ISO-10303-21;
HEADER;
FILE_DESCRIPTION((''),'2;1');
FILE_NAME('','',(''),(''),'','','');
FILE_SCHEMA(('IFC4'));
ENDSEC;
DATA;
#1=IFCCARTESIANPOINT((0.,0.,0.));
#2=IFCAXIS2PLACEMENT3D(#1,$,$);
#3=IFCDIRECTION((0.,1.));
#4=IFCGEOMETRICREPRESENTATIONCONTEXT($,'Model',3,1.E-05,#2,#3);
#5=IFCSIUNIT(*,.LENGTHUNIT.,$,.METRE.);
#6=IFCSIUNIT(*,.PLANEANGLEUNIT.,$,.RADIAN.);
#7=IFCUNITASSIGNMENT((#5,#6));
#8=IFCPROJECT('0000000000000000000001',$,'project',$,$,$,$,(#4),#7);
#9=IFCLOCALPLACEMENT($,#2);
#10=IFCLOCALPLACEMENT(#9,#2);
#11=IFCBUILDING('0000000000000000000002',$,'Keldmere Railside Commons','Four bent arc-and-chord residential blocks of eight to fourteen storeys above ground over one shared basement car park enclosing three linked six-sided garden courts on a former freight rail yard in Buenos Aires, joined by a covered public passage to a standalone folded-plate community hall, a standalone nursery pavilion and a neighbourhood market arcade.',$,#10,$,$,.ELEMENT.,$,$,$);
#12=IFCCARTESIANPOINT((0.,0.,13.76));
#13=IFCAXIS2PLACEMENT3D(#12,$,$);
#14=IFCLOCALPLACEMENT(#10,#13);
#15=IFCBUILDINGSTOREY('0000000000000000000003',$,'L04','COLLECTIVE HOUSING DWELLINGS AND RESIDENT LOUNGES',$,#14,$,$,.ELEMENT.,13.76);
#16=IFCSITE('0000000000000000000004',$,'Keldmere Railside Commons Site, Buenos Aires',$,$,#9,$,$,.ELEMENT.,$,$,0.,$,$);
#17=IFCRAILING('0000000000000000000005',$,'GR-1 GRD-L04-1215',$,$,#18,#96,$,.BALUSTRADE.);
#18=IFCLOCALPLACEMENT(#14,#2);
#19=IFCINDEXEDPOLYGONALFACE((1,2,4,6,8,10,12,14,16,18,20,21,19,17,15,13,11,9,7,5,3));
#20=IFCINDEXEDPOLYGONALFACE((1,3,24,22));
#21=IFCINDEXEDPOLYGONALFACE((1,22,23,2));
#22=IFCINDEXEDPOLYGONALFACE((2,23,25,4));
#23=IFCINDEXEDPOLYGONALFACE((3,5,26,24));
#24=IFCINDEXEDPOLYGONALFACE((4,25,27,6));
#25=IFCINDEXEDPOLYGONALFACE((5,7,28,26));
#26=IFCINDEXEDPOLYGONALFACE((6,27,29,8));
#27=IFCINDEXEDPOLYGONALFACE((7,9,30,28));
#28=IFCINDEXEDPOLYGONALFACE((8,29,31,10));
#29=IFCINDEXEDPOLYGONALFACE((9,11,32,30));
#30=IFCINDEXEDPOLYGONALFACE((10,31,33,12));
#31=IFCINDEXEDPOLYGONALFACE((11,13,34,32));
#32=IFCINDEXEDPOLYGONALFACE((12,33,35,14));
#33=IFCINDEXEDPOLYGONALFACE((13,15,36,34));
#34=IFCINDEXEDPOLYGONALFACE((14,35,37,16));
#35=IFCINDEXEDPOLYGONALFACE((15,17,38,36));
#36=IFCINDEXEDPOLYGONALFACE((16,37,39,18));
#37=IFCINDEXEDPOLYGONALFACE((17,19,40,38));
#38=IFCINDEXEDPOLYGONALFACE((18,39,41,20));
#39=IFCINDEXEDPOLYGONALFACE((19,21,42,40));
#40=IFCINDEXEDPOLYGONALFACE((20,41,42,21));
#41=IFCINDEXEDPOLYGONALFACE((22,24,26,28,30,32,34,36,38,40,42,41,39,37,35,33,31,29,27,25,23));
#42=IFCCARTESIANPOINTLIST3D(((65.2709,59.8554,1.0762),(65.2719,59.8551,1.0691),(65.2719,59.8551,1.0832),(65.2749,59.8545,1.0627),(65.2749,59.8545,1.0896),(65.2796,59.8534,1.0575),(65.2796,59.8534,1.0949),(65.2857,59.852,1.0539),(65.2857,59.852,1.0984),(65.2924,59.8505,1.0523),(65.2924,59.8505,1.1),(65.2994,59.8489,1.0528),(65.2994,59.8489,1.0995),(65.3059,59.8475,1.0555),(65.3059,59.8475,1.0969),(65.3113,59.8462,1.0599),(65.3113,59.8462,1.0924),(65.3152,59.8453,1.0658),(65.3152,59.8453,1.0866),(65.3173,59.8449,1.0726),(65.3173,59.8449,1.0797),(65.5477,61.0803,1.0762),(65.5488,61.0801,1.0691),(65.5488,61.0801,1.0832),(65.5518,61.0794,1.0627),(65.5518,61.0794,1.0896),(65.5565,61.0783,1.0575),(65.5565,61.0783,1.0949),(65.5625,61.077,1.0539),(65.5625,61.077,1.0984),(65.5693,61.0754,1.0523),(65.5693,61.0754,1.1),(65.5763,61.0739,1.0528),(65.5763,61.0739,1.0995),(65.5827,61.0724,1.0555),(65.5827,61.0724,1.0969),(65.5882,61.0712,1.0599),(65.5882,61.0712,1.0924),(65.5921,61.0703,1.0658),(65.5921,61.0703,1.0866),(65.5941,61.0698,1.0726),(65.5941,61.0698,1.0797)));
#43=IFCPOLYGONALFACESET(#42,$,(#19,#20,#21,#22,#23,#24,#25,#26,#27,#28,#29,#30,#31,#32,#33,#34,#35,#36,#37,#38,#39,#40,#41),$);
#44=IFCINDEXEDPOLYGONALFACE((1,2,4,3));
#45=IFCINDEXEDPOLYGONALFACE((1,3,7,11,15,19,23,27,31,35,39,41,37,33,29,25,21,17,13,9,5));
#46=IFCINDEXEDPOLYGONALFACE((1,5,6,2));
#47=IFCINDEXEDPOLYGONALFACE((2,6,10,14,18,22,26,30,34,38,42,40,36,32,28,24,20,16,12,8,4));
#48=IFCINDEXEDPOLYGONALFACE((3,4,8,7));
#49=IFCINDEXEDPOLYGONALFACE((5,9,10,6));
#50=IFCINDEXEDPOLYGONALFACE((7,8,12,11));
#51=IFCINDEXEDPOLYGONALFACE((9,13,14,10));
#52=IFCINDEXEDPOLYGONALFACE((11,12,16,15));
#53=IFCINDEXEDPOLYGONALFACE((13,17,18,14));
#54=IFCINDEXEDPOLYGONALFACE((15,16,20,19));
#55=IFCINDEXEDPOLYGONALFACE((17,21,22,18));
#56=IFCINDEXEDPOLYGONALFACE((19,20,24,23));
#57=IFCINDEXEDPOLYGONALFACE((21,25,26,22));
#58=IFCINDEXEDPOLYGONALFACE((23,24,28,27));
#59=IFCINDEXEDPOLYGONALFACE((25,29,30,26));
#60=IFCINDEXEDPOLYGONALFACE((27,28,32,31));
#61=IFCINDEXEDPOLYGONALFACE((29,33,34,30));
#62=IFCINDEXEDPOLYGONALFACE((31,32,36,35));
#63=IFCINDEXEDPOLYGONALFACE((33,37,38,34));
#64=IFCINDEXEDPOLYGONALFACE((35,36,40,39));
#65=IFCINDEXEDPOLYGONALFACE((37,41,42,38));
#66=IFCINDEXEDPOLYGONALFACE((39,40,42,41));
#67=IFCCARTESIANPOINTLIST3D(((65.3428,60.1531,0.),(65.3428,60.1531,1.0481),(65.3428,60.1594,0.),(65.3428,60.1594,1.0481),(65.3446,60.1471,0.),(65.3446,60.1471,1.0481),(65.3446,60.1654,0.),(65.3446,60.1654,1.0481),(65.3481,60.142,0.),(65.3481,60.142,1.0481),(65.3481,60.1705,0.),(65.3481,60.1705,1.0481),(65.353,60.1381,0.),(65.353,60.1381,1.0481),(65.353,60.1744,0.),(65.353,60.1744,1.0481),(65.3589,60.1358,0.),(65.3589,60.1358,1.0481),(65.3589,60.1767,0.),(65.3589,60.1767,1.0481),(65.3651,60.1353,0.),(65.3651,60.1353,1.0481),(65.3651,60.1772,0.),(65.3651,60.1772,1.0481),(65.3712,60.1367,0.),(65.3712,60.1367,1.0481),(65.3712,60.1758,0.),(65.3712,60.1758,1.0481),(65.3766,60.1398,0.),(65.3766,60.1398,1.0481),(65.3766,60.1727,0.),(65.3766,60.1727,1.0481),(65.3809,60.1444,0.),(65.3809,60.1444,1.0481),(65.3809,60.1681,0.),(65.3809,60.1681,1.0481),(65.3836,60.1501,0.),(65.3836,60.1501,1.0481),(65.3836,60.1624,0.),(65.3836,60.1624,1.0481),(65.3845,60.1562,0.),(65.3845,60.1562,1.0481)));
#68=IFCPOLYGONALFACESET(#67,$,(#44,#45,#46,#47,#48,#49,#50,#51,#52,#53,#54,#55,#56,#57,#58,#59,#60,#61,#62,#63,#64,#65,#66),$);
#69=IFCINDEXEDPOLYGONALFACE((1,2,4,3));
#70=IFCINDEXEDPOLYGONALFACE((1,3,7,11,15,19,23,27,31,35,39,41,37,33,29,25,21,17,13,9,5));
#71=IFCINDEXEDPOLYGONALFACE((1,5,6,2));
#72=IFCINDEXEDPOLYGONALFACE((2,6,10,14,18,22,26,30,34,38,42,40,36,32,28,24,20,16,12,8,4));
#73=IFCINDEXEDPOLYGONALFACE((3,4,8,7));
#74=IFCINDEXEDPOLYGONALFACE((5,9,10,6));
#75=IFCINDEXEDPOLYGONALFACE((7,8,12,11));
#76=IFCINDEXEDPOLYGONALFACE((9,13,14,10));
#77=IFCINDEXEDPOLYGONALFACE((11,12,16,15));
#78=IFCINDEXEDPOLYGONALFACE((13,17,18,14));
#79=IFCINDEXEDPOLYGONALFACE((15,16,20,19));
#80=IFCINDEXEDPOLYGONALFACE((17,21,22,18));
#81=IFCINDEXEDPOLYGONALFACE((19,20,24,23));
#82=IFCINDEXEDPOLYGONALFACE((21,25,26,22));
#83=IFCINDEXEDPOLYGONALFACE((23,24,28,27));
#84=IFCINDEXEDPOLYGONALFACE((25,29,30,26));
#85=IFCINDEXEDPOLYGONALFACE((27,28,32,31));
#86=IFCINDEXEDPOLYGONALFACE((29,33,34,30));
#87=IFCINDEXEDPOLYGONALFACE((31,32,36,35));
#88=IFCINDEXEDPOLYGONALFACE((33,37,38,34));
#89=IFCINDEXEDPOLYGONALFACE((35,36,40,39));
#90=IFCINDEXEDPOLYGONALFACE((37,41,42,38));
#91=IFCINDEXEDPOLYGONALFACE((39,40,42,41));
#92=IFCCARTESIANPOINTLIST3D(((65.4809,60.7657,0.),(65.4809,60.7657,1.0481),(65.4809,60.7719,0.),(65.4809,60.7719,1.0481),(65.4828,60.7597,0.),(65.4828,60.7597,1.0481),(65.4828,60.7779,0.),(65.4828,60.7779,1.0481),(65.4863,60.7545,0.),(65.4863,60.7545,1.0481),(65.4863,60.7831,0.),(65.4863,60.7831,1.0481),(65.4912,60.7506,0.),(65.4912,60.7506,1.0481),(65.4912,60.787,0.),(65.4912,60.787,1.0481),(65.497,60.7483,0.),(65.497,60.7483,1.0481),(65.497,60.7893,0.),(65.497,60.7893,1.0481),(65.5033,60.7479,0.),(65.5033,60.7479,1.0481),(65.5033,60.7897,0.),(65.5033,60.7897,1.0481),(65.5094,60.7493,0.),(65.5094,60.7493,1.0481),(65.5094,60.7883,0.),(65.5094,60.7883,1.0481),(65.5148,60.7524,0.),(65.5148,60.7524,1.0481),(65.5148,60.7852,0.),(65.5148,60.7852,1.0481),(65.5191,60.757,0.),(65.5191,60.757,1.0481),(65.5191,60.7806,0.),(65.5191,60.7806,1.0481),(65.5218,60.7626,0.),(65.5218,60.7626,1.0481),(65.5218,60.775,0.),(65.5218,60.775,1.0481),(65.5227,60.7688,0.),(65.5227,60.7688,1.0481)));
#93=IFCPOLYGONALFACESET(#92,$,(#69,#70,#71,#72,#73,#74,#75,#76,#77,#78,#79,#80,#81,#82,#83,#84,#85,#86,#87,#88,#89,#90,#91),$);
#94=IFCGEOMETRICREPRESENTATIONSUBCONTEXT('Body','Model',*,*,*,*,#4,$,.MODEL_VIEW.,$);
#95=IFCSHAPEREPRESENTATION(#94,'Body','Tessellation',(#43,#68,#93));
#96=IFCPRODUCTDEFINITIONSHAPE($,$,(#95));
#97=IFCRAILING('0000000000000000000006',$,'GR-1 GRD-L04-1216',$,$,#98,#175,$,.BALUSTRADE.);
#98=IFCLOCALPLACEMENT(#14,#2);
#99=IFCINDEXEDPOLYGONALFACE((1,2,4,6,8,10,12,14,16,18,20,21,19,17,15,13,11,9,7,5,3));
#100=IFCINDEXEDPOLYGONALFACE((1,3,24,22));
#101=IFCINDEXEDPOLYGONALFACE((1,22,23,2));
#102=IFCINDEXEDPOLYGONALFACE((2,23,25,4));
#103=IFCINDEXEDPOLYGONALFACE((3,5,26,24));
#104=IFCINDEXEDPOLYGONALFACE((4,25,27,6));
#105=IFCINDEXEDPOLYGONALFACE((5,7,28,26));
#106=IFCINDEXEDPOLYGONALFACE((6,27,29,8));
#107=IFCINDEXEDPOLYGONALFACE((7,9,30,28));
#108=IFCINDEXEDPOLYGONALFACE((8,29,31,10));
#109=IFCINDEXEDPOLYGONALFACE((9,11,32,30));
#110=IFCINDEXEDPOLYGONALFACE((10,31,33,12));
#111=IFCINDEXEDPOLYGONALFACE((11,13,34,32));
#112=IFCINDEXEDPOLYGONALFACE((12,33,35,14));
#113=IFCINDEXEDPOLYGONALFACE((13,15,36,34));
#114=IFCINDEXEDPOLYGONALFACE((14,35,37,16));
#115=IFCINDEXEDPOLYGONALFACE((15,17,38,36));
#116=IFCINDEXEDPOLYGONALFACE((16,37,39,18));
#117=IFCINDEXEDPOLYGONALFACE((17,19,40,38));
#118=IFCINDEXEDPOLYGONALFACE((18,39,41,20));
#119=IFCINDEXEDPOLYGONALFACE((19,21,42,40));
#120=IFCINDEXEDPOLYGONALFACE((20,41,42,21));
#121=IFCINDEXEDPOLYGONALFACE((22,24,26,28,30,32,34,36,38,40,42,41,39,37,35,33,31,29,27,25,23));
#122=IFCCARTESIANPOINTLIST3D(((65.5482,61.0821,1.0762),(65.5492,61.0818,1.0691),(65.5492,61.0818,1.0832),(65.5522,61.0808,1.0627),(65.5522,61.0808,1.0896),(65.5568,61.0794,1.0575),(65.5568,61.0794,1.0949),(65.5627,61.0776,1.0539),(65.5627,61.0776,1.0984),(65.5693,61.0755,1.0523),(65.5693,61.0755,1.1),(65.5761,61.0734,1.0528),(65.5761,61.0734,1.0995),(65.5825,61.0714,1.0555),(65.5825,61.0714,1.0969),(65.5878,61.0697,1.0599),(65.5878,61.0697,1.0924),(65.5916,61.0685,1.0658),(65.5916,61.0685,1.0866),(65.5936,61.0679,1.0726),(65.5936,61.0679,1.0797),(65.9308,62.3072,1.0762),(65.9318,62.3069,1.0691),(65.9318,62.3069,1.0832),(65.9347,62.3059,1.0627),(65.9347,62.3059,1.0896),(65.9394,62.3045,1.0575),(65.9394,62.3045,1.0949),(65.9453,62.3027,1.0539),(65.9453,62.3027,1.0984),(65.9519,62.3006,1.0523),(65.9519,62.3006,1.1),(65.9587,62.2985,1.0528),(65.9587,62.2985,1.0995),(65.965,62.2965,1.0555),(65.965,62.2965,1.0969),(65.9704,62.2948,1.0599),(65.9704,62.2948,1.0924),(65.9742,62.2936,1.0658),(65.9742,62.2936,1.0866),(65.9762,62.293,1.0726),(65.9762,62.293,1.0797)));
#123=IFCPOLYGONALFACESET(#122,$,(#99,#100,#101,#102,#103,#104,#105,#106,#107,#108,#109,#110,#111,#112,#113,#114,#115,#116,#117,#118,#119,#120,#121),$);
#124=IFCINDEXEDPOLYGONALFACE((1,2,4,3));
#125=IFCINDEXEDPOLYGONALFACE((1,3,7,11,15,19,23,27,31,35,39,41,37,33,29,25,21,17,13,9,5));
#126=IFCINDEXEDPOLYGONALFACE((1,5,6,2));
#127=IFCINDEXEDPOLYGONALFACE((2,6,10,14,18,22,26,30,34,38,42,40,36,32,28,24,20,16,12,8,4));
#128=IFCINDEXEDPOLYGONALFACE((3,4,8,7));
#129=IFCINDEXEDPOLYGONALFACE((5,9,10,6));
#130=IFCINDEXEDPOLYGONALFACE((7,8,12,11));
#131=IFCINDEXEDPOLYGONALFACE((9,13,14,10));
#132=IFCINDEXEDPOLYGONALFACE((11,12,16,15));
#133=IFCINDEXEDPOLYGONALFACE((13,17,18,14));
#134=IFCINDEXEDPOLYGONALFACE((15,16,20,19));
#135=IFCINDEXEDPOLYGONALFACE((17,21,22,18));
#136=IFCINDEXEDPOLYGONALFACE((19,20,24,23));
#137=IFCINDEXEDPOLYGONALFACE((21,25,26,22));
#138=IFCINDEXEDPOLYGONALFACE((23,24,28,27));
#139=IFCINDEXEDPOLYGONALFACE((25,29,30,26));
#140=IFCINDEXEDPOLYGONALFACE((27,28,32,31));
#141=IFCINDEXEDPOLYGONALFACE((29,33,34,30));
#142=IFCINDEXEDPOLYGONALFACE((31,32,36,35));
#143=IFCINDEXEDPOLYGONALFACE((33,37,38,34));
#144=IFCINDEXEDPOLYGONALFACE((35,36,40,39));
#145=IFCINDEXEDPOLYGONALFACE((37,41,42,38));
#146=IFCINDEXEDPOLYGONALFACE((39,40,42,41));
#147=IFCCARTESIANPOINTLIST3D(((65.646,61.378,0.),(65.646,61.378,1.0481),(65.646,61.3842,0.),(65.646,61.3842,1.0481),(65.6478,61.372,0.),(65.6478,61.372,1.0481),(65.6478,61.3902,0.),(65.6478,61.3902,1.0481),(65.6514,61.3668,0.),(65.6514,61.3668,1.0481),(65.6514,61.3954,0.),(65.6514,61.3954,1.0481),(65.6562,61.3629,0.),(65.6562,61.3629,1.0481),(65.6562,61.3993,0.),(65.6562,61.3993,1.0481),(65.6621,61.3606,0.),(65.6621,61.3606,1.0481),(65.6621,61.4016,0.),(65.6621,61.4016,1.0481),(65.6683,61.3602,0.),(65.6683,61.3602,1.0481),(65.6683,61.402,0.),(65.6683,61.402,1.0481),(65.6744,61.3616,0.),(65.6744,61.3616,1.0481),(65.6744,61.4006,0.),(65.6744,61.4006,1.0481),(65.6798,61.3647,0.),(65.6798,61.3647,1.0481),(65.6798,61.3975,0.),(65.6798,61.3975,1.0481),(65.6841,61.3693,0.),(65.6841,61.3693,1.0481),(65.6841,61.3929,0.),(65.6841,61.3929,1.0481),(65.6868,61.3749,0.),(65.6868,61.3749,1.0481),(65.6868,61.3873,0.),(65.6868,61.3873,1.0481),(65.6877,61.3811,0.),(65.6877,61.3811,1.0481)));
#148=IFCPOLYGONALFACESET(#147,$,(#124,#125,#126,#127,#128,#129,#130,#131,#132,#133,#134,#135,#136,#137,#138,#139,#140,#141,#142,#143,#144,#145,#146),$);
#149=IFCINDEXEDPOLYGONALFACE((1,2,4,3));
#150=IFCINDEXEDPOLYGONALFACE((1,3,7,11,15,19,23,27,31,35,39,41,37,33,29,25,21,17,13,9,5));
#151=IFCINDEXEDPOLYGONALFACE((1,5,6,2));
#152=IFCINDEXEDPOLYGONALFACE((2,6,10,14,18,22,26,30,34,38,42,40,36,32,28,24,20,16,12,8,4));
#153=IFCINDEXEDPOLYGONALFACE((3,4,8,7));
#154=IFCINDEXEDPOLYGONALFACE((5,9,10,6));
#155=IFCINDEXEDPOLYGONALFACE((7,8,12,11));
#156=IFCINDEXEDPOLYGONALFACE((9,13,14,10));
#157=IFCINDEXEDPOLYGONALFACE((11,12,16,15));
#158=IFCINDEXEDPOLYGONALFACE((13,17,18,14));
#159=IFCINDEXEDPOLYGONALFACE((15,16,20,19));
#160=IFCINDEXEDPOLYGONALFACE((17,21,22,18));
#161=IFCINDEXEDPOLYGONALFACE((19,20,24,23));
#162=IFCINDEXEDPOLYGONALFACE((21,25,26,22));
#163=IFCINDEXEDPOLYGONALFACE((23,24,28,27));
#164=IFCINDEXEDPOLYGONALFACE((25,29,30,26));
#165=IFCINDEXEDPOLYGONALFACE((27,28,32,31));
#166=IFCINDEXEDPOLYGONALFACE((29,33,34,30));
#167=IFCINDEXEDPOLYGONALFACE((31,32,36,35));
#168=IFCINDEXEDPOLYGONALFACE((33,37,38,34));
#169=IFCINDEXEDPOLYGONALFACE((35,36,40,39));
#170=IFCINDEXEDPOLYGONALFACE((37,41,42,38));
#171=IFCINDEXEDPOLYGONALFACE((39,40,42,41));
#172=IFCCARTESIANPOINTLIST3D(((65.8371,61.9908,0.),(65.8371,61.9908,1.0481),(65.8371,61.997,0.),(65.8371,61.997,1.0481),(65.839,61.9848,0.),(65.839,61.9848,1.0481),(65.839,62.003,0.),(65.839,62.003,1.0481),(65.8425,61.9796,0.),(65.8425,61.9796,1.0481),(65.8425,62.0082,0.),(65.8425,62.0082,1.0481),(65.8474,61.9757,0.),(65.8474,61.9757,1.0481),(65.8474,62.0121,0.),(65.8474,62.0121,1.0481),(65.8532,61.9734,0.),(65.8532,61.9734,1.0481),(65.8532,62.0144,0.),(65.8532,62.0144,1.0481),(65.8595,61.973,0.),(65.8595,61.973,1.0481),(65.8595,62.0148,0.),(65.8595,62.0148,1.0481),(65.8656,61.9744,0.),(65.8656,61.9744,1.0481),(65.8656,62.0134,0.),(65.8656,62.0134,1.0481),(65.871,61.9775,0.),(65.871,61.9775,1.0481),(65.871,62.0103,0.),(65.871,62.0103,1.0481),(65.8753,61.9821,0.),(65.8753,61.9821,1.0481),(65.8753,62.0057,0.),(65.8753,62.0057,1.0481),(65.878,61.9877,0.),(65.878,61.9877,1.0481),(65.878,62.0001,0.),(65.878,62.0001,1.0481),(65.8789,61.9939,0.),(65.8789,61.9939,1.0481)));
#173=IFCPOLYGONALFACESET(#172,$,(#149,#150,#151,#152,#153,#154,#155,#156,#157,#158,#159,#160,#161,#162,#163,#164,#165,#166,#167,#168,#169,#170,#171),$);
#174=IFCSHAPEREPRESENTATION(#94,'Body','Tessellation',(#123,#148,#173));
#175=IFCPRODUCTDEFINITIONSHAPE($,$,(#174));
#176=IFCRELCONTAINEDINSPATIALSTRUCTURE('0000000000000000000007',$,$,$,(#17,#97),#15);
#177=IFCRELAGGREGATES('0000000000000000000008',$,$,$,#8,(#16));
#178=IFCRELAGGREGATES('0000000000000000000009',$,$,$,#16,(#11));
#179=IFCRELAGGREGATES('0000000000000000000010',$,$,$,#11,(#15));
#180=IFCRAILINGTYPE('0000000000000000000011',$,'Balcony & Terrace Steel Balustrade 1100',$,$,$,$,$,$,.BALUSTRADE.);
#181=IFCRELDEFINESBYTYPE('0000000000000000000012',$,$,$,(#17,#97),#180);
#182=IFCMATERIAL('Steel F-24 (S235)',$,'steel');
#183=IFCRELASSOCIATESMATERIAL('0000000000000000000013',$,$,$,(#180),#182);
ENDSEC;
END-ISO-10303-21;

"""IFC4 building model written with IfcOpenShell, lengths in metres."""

from ifc_helpers import new_model, si_unit, direction, frame, origin, origin_2d, place, context, subcontext, project, spatial, circle, extrude, material, type_object, element, save


model = new_model("IFC4")

# Units and contexts
model_context = context("Model", 3, precision=1e-05, world=origin(), true_north=direction((0.0, 1.0)))
body_context = subcontext(model_context, "Body", "Model", "MODEL_VIEW")
ifc_project = project(units=[si_unit("LENGTHUNIT", "METRE"), si_unit("PLANEANGLEUNIT", "RADIAN")], contexts=[model_context])

# Site, building, storey
site_placement = place(None, origin())
site = spatial("IfcSite", under=ifc_project, at=site_placement, Name="Keldmere Railside Commons Site, Buenos Aires", CompositionType="ELEMENT", RefElevation=0.0)
building_placement = place(site_placement, origin())
building = spatial("IfcBuilding", under=site, at=building_placement, Name="Keldmere Railside Commons", Description="Four bent arc-and-chord residential blocks of eight to fourteen storeys above ground over one shared basement car park enclosing three linked six-sided garden courts on a former freight rail yard in Buenos Aires, joined by a covered public passage to a standalone folded-plate community hall, a standalone nursery pavilion and a neighbourhood market arcade.", CompositionType="ELEMENT")
storey_placement = place(building_placement, frame((0.0, 0.0, 13.76)))
storey = spatial("IfcBuildingStorey", under=building, at=storey_placement, Name="L04", Description="COLLECTIVE HOUSING DWELLINGS AND RESIDENT LOUNGES", CompositionType="ELEMENT", Elevation=13.76)

# Railings
ifc_material_1 = material(Name="Steel F-24 (S235)", Category="steel")
railing_type_1 = type_object("IfcRailingType", Name="Balcony & Terrace Steel Balustrade 1100", PredefinedType="BALUSTRADE", material=ifc_material_1)
railing_1_placement = place(storey_placement, frame((65.2942, 59.8501, 0.0)))
element("IfcRailing", 1, at=railing_1_placement, inside=storey, type_object=railing_type_1, Name="GR-1 GRD-L04-1215", PredefinedType="BALUSTRADE", context=body_context, shape_type="SweptSolid", body=[
    extrude(circle(Radius=0.0239, at=origin_2d()), frame((0.0, 0.0, 1.0762), z_axis=(0.22047, 0.975394, 0.0), x_axis=(-0.975394, 0.22047, 0.0)), (0.0, 0.0, 1.0), 1.2559),
    extrude(circle(Radius=0.021, at=origin_2d()), frame((0.0693, 0.3062, 0.0)), (0.0, 0.0, 1.0), 1.0481),
    extrude(circle(Radius=0.021, at=origin_2d()), frame((0.2075, 0.9187, 0.0)), (0.0, 0.0, 1.0), 1.0481),
])
railing_2_placement = place(storey_placement, frame((65.571, 61.075, 0.0)))
element("IfcRailing", 2, at=railing_2_placement, inside=storey, type_object=railing_type_1, Name="GR-1 GRD-L04-1216", PredefinedType="BALUSTRADE", context=body_context, shape_type="SweptSolid", body=[
    extrude(circle(Radius=0.0239, at=origin_2d()), frame((0.0, 0.0, 1.0762), z_axis=(0.29808, 0.954541, 0.0), x_axis=(-0.954541, 0.29808, 0.0)), (0.0, 0.0, 1.0), 1.2834),
    extrude(circle(Radius=0.021, at=origin_2d()), frame((0.0957, 0.3062, 0.0)), (0.0, 0.0, 1.0), 1.0481),
    extrude(circle(Radius=0.021, at=origin_2d()), frame((0.2869, 0.9189, 0.0)), (0.0, 0.0, 1.0), 1.0481),
])

save(model, "model.ifc")
